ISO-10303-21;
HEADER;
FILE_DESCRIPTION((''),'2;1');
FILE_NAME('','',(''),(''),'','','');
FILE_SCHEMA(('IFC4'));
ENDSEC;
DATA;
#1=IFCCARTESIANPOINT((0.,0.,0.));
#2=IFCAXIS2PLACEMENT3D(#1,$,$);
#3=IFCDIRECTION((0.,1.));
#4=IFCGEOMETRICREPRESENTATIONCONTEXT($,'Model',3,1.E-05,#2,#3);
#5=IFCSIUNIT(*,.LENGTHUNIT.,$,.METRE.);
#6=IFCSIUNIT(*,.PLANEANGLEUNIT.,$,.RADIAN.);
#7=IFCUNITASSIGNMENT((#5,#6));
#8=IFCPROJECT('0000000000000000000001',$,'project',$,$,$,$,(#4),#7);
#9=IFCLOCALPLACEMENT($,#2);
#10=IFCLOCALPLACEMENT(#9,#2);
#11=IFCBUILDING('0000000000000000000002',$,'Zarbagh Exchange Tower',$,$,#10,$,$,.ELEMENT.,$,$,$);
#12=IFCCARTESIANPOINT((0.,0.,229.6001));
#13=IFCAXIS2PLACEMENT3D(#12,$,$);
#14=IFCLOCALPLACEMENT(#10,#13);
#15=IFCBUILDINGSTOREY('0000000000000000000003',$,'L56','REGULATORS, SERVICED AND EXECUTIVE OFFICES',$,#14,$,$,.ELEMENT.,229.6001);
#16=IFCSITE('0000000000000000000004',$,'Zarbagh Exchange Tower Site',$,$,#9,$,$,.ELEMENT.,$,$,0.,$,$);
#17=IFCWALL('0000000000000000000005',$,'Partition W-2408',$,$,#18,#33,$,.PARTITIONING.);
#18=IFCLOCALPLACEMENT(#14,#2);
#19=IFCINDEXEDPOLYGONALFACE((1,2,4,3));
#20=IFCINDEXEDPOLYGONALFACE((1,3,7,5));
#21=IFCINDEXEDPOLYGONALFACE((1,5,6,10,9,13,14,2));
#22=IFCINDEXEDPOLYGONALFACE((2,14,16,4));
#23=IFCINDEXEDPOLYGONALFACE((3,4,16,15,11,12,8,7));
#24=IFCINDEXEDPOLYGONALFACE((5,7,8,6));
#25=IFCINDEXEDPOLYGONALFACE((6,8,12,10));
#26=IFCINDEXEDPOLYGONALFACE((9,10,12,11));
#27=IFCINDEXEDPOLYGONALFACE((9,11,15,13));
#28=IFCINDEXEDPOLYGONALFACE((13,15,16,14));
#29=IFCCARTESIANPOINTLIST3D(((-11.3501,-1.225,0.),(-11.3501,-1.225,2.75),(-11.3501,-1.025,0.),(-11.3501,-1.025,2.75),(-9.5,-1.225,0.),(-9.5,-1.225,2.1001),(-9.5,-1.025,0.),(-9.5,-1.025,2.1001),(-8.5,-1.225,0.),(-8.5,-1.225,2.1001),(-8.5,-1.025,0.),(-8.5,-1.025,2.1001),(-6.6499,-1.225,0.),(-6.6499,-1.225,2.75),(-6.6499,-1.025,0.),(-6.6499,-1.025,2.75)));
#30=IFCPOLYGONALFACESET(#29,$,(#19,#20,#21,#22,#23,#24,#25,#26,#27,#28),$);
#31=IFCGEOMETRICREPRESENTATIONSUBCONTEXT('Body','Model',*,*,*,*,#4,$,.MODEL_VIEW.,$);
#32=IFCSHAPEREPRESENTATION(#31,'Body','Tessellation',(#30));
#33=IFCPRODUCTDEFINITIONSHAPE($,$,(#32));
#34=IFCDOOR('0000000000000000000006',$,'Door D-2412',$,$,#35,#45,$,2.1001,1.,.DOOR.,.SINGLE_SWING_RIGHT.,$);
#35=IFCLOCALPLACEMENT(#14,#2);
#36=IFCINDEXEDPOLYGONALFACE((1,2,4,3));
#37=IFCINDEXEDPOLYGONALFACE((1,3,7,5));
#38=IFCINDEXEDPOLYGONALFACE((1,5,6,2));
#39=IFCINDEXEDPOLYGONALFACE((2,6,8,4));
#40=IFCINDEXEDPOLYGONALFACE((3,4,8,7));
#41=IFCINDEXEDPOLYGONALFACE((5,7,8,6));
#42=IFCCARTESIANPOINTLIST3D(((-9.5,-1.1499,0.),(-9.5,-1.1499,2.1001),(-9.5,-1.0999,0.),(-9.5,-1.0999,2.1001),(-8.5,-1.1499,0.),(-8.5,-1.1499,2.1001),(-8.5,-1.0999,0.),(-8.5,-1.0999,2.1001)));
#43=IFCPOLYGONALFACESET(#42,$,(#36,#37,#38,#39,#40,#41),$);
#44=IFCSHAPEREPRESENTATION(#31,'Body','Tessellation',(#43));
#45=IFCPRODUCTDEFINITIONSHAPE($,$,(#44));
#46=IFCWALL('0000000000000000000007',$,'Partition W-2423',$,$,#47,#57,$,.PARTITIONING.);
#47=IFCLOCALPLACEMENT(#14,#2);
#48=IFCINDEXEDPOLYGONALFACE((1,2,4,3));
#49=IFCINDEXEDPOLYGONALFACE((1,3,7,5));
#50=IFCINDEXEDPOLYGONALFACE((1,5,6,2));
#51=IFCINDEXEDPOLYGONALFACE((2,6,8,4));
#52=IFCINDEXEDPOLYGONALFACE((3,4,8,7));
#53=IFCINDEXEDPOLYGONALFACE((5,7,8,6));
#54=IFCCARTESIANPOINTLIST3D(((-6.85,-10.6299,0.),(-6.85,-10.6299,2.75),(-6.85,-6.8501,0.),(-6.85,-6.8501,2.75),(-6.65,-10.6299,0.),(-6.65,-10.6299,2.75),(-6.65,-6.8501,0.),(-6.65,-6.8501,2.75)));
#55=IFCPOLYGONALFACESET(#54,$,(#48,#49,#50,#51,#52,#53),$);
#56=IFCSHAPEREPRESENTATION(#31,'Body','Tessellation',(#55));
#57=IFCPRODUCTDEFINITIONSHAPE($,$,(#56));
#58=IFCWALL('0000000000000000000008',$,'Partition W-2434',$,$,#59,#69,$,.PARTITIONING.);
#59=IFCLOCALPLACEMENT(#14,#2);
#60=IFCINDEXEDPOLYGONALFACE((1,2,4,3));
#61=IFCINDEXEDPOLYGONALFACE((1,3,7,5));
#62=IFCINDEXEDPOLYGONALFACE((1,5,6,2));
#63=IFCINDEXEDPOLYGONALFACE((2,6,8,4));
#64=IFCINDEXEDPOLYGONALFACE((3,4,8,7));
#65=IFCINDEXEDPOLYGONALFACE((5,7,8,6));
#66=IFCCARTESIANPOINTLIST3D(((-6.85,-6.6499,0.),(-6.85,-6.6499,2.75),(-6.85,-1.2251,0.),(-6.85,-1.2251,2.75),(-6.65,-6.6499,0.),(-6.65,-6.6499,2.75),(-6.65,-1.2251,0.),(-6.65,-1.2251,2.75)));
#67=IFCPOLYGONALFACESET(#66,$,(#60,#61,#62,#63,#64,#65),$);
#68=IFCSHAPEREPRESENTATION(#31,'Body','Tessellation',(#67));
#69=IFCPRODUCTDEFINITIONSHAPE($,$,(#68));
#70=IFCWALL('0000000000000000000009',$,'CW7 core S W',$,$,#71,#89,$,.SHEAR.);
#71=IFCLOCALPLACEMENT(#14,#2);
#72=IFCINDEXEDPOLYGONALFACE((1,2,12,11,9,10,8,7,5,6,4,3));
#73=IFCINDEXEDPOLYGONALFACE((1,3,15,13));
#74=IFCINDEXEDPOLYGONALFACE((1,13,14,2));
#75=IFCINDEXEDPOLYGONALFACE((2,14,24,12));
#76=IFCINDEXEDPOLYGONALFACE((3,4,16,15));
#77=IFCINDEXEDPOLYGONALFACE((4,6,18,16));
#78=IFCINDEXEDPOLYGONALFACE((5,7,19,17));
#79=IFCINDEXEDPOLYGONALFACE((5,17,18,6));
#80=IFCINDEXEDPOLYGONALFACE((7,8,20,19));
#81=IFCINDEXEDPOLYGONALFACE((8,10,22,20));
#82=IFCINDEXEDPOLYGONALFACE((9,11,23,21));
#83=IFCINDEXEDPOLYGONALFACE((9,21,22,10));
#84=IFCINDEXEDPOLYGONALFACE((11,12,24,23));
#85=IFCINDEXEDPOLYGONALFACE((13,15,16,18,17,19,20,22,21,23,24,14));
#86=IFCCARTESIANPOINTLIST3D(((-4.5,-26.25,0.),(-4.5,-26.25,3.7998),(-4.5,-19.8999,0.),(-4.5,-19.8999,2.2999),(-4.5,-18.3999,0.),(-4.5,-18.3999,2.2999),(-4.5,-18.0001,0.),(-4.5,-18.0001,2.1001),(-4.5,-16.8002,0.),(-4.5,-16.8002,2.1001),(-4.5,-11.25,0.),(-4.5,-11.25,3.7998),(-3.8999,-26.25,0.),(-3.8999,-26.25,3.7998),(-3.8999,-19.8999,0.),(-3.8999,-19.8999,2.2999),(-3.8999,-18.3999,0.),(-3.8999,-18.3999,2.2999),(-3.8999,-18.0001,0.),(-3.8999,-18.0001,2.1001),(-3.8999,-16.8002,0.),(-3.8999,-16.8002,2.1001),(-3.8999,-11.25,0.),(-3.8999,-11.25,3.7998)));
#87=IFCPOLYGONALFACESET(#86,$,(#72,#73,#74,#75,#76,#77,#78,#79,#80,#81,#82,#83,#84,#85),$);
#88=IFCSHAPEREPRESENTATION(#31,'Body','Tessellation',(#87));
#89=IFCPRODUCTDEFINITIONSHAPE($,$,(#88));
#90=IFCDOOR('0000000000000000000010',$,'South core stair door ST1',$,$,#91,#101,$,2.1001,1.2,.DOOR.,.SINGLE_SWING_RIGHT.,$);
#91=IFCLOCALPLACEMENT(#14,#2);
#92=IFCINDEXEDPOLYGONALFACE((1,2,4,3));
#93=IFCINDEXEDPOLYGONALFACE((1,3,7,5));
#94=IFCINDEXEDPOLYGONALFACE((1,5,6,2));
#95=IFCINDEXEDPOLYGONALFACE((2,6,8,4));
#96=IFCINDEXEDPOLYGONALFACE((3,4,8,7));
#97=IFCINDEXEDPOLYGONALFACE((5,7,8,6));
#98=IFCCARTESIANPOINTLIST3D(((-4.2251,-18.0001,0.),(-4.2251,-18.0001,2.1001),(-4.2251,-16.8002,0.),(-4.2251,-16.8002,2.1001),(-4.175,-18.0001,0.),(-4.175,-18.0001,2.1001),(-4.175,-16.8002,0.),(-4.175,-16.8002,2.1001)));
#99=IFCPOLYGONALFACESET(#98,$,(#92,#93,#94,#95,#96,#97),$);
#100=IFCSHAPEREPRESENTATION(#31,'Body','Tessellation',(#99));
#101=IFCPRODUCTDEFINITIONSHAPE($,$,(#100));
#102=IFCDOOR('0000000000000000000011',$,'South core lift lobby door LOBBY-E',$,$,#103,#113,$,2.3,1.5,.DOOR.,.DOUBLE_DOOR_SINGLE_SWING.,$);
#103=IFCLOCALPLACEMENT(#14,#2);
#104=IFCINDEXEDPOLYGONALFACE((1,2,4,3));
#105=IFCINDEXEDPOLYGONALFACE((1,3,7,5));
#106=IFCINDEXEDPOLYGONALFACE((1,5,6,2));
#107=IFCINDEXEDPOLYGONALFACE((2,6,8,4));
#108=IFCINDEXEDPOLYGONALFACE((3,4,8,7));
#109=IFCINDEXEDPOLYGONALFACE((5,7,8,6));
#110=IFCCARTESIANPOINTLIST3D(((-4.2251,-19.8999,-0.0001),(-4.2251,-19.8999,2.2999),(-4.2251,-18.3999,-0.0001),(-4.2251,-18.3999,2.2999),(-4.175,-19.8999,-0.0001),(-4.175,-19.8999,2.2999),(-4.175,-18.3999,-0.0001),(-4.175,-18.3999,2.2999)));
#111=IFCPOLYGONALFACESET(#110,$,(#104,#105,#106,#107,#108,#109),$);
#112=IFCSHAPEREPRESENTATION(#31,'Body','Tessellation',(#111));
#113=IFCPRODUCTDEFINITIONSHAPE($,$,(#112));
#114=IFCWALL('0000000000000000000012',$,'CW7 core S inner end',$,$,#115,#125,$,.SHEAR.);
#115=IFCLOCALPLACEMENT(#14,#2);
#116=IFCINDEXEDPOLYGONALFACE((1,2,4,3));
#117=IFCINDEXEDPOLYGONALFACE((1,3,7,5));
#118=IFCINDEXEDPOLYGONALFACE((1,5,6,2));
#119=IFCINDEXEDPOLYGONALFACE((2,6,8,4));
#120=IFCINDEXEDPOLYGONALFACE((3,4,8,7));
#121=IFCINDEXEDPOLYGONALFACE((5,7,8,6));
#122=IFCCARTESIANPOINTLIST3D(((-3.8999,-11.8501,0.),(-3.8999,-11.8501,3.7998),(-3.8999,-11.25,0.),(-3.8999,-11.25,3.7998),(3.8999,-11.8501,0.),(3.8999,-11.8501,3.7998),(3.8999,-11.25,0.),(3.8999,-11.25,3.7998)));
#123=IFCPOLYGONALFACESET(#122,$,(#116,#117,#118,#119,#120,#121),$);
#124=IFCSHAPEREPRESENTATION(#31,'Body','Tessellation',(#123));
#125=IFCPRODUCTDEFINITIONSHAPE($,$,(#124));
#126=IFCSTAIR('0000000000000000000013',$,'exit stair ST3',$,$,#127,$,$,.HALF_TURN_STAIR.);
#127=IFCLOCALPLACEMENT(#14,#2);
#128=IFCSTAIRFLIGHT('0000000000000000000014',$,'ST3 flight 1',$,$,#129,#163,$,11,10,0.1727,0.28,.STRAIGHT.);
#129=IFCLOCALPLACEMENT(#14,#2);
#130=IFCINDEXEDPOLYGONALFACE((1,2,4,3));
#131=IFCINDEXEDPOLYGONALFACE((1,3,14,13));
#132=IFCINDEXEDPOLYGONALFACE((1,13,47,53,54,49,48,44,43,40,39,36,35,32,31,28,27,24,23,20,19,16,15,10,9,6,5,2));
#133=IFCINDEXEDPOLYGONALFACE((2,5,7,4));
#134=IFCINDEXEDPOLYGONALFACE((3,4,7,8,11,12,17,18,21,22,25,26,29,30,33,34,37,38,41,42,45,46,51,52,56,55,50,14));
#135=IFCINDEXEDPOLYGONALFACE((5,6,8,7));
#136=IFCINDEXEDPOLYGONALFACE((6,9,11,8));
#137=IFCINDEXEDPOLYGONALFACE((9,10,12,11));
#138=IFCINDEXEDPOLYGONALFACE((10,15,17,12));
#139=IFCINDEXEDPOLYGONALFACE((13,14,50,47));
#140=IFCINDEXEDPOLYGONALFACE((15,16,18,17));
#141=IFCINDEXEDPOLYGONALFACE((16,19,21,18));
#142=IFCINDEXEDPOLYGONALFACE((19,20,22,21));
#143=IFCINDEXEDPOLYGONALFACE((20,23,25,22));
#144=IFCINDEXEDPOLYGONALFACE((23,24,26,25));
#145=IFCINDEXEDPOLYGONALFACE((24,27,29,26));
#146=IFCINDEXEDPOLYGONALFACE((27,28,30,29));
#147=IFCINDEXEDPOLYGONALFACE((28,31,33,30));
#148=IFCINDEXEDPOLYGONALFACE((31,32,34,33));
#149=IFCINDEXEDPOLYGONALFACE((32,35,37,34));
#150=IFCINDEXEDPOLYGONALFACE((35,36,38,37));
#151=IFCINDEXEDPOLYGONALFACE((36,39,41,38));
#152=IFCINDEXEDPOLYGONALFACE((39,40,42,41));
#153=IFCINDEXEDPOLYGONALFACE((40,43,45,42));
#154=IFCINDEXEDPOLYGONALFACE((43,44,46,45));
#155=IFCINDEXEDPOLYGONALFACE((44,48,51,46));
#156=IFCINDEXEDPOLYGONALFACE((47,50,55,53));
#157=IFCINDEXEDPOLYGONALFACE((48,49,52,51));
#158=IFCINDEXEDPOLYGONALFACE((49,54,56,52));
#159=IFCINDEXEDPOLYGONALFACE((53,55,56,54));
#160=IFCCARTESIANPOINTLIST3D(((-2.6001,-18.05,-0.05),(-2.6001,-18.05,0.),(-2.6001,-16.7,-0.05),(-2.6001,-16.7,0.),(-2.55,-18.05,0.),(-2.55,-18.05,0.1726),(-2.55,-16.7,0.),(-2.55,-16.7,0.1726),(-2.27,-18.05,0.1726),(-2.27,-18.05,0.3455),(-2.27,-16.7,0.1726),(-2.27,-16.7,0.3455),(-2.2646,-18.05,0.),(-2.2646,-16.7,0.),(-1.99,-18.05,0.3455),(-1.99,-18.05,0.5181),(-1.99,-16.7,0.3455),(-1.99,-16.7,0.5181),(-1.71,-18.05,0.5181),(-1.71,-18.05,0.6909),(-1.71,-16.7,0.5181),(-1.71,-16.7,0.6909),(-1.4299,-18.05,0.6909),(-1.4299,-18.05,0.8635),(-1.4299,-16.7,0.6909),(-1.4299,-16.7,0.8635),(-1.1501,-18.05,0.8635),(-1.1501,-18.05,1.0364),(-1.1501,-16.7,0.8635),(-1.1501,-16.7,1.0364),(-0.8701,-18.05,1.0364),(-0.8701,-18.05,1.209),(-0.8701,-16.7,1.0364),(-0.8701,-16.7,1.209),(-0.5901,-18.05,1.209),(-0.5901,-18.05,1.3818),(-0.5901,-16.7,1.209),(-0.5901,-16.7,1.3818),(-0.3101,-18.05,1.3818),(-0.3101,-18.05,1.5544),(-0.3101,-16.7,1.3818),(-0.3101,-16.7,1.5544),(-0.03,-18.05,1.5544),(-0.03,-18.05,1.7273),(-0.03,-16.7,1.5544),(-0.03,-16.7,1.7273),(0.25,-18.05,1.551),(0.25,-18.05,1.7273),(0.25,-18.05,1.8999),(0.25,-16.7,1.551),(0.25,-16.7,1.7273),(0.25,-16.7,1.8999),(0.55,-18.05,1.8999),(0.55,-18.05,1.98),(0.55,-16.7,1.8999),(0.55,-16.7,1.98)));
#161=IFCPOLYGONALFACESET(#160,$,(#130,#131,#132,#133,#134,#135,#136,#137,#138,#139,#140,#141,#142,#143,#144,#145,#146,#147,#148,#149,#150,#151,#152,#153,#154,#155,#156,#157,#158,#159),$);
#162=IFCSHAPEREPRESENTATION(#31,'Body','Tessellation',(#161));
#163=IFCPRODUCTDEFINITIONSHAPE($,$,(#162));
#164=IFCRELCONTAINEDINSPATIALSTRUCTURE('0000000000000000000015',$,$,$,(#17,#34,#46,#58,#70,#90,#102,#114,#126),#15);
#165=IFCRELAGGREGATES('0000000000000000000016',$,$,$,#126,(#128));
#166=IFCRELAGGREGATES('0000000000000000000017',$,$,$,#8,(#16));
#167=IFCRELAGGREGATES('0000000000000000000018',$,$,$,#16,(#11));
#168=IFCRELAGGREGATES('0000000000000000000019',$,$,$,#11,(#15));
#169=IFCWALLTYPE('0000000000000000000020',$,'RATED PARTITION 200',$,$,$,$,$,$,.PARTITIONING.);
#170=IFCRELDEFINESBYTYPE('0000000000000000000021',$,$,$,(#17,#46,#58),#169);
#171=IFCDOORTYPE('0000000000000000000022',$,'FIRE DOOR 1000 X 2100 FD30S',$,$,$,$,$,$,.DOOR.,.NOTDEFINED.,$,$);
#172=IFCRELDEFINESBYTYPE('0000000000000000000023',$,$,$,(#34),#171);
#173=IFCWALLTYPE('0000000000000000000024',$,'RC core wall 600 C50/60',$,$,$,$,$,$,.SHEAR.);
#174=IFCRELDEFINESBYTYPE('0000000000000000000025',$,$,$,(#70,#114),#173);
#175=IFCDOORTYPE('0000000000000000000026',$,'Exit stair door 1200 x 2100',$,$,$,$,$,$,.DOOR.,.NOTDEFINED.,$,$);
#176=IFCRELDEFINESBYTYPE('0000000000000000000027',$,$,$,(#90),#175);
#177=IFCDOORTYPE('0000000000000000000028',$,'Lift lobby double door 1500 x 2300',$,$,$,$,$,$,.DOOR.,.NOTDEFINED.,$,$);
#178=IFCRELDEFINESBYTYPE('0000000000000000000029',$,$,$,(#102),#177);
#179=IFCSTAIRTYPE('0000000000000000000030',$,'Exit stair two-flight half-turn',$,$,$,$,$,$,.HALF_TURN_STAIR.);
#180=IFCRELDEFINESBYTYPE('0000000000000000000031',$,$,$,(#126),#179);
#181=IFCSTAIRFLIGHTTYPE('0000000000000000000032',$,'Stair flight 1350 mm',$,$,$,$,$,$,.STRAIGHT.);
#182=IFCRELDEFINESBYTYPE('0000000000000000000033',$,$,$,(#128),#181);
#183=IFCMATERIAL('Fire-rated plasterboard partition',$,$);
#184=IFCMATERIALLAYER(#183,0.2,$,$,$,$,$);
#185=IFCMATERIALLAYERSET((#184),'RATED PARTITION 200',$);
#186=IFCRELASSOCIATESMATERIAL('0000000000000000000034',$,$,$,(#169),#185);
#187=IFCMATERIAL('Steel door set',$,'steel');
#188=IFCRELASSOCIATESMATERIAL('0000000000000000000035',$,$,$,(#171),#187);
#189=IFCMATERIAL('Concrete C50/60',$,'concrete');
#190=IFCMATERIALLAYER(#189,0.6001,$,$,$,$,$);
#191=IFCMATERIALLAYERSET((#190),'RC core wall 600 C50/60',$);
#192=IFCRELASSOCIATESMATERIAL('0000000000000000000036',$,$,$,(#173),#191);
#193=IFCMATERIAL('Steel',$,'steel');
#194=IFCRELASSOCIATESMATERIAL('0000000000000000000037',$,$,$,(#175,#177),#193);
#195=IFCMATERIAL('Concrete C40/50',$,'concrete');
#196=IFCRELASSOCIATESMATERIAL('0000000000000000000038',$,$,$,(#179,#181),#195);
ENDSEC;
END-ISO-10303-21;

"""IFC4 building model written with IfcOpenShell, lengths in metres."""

from ifc_helpers import new_model, si_unit, direction, frame, frame_2d, origin, place, context, subcontext, project, spatial, polyline, rectangle, outline, extrude, material, layer, layer_set, type_object, element, fill, aggregate, save


model = new_model("IFC4")

# Units and contexts
model_context = context("Model", 3, precision=1e-05, world=origin(), true_north=direction((0.0, 1.0)))
body_context = subcontext(model_context, "Body", "Model", "MODEL_VIEW")
ifc_project = project(units=[si_unit("LENGTHUNIT", "METRE"), si_unit("PLANEANGLEUNIT", "RADIAN")], contexts=[model_context])

# Site, building, storey
site_placement = place(None, origin())
site = spatial("IfcSite", under=ifc_project, at=site_placement, Name="Zarbagh Exchange Tower Site", CompositionType="ELEMENT", RefElevation=0.0)
building_placement = place(site_placement, origin())
building = spatial("IfcBuilding", under=site, at=building_placement, Name="Zarbagh Exchange Tower", CompositionType="ELEMENT")
storey_placement = place(building_placement, frame((0.0, 0.0, 229.6001)))
storey = spatial("IfcBuildingStorey", under=building, at=storey_placement, Name="L56", Description="REGULATORS, SERVICED AND EXECUTIVE OFFICES", CompositionType="ELEMENT", Elevation=229.6001)

# Shared definitions
ifc_material_1 = material(Name="Concrete C50/60", Category="concrete")

# Wall, opening, door
ifc_material_2 = material(Name="Fire-rated plasterboard partition")
ifc_layer_1 = layer(ifc_material_2, 0.2)
ifc_layer_set_1 = layer_set([ifc_layer_1], Name="RATED PARTITION 200")
wall_type_1 = type_object("IfcWallType", Name="RATED PARTITION 200", PredefinedType="PARTITIONING", material=ifc_layer_set_1)
wall_1_placement = place(storey_placement, frame((-6.6499, -1.125, 0.0), z_axis=(0.0, 0.0, 1.0), x_axis=(-1.0, 0.0, 0.0)))
wall_1 = element("IfcWall", 1, at=wall_1_placement, inside=storey, type_object=wall_type_1, Name="Partition W-2408", PredefinedType="PARTITIONING", context=body_context, shape_type="SweptSolid", body=[
    extrude(rectangle(XDim=4.7002, YDim=0.2, at=frame_2d((2.3501, 0.0))), origin(), (0.0, 0.0, 1.0), 2.75),
])
opening_1_placement = place(wall_1_placement, frame((1.8501, 0.0, 0.0)))
opening_1 = element("IfcOpeningElement", 2, at=opening_1_placement, cuts=wall_1, PredefinedType="OPENING", context=body_context, shape_type="SweptSolid", body=[
    extrude(rectangle(XDim=1.0, YDim=2.1001, at=frame_2d((0.5, 1.05))), frame((0.0, 0.1099, 0.0), z_axis=(0.0, -1.0, 0.0), x_axis=(1.0, 0.0, 0.0)), (0.0, 0.0, 1.0), 0.22),
])
ifc_material_3 = material(Name="Steel door set", Category="steel")
door_type_1 = type_object("IfcDoorType", Name="FIRE DOOR 1000 X 2100 FD30S", OperationType="NOTDEFINED", PredefinedType="DOOR", material=ifc_material_3)
door_1_placement = place(opening_1_placement, origin())
door_1 = element("IfcDoor", 3, at=door_1_placement, inside=storey, type_object=door_type_1, Name="Door D-2412", OperationType="SINGLE_SWING_RIGHT", OverallHeight=2.1001, OverallWidth=1.0, PredefinedType="DOOR", context=body_context, shape_type="SweptSolid", body=[
    extrude(rectangle(XDim=1.0, YDim=2.1001, at=frame_2d((0.5, 1.05))), frame((0.0, 0.0249, 0.0), z_axis=(0.0, -1.0, 0.0), x_axis=(1.0, 0.0, 0.0)), (0.0, 0.0, 1.0), 0.05),
])
fill(opening_1, door_1)

# Walls
wall_2_placement = place(storey_placement, frame((-6.75, -10.6299, 0.0), z_axis=(0.0, 0.0, 1.0), x_axis=(0.0, 1.0, 0.0)))
element("IfcWall", 4, at=wall_2_placement, inside=storey, type_object=wall_type_1, Name="Partition W-2423", PredefinedType="PARTITIONING", context=body_context, shape_type="SweptSolid", body=[
    extrude(rectangle(XDim=3.7798, YDim=0.2, at=frame_2d((1.8899, 0.0))), origin(), (0.0, 0.0, 1.0), 2.75),
])
wall_3_placement = place(storey_placement, frame((-6.75, -6.6499, 0.0), z_axis=(0.0, 0.0, 1.0), x_axis=(0.0, 1.0, 0.0)))
element("IfcWall", 5, at=wall_3_placement, inside=storey, type_object=wall_type_1, Name="Partition W-2434", PredefinedType="PARTITIONING", context=body_context, shape_type="SweptSolid", body=[
    extrude(rectangle(XDim=5.4248, YDim=0.2, at=frame_2d((2.7124, 0.0))), origin(), (0.0, 0.0, 1.0), 2.75),
])

# Wall, openings, doors
ifc_layer_2 = layer(ifc_material_1, 0.6001)
ifc_layer_set_2 = layer_set([ifc_layer_2], Name="RC core wall 600 C50/60")
wall_type_2 = type_object("IfcWallType", Name="RC core wall 600 C50/60", PredefinedType="SHEAR", material=ifc_layer_set_2)
wall_4_placement = place(storey_placement, frame((-4.2, -11.25, 0.0), z_axis=(0.0, 0.0, 1.0), x_axis=(0.0, -1.0, 0.0)))
wall_4 = element("IfcWall", 6, at=wall_4_placement, inside=storey, type_object=wall_type_2, Name="CW7 core S W", PredefinedType="SHEAR", context=body_context, shape_type="SweptSolid", body=[
    extrude(rectangle(XDim=15.0, YDim=0.6001, at=frame_2d((7.5, 0.0))), origin(), (0.0, 0.0, 1.0), 3.7998),
])
opening_2_placement = place(wall_4_placement, frame((7.1499, 0.0, 0.0)))
opening_2 = element("IfcOpeningElement", 7, at=opening_2_placement, cuts=wall_4, PredefinedType="OPENING", context=body_context, shape_type="SweptSolid", body=[
    extrude(rectangle(XDim=1.5, YDim=2.3, at=frame_2d((0.75, 1.1499))), frame((0.0, 0.3101, 0.0), z_axis=(0.0, -1.0, 0.0), x_axis=(1.0, 0.0, 0.0)), (0.0, 0.0, 1.0), 0.6201),
])
opening_3_placement = place(wall_4_placement, frame((5.55, 0.0, 0.0)))
opening_3 = element("IfcOpeningElement", 8, at=opening_3_placement, cuts=wall_4, PredefinedType="OPENING", context=body_context, shape_type="SweptSolid", body=[
    extrude(rectangle(XDim=1.2, YDim=2.1001, at=frame_2d((0.6001, 1.05))), frame((0.0, 0.3101, 0.0), z_axis=(0.0, -1.0, 0.0), x_axis=(1.0, 0.0, 0.0)), (0.0, 0.0, 1.0), 0.6201),
])
ifc_material_4 = material(Name="Steel", Category="steel")
door_type_2 = type_object("IfcDoorType", Name="Exit stair door 1200 x 2100", OperationType="NOTDEFINED", PredefinedType="DOOR", material=ifc_material_4)
door_2_placement = place(opening_3_placement, origin())
door_2 = element("IfcDoor", 9, at=door_2_placement, inside=storey, type_object=door_type_2, Name="South core stair door ST1", OperationType="SINGLE_SWING_RIGHT", OverallHeight=2.1001, OverallWidth=1.2, PredefinedType="DOOR", context=body_context, shape_type="SweptSolid", body=[
    extrude(rectangle(XDim=1.2, YDim=2.1001, at=frame_2d((0.6001, 1.05))), frame((0.0, 0.0249, 0.0), z_axis=(0.0, -1.0, 0.0), x_axis=(1.0, 0.0, 0.0)), (0.0, 0.0, 1.0), 0.05),
])
fill(opening_3, door_2)
door_type_3 = type_object("IfcDoorType", Name="Lift lobby double door 1500 x 2300", OperationType="NOTDEFINED", PredefinedType="DOOR", material=ifc_material_4)
door_3_placement = place(opening_2_placement, origin())
door_3 = element("IfcDoor", 10, at=door_3_placement, inside=storey, type_object=door_type_3, Name="South core lift lobby door LOBBY-E", OperationType="DOUBLE_DOOR_SINGLE_SWING", OverallHeight=2.3, OverallWidth=1.5, PredefinedType="DOOR", context=body_context, shape_type="SweptSolid", body=[
    extrude(rectangle(XDim=1.5, YDim=2.3, at=frame_2d((0.75, 1.1499))), frame((0.0, 0.0249, 0.0), z_axis=(0.0, -1.0, 0.0), x_axis=(1.0, 0.0, 0.0)), (0.0, 0.0, 1.0), 0.05),
])
fill(opening_2, door_3)

# Wall
wall_5_placement = place(storey_placement, frame((-3.8999, -11.55, 0.0), z_axis=(0.0, 0.0, 1.0), x_axis=(1.0, 0.0, 0.0)))
element("IfcWall", 11, at=wall_5_placement, inside=storey, type_object=wall_type_2, Name="CW7 core S inner end", PredefinedType="SHEAR", context=body_context, shape_type="SweptSolid", body=[
    extrude(rectangle(XDim=7.7998, YDim=0.6001, at=frame_2d((3.8999, 0.0))), origin(), (0.0, 0.0, 1.0), 3.7998),
])

# Stair, stair flight
ifc_material_5 = material(Name="Concrete C40/50", Category="concrete")
stair_type = type_object("IfcStairType", Name="Exit stair two-flight half-turn", PredefinedType="HALF_TURN_STAIR", material=ifc_material_5)
stair_placement = place(storey_placement, origin())
stair = element("IfcStair", 12, at=stair_placement, inside=storey, type_object=stair_type, Name="exit stair ST3", PredefinedType="HALF_TURN_STAIR")
stair_flight_type = type_object("IfcStairFlightType", Name="Stair flight 1350 mm", PredefinedType="STRAIGHT", material=ifc_material_5)
stair_flight_placement = place(storey_placement, frame((-2.55, -17.375, 0.0), z_axis=(0.0, 0.0, 1.0), x_axis=(1.0, 0.0, 0.0)))
stair_flight = element("IfcStairFlight", 13, at=stair_flight_placement, type_object=stair_flight_type, Name="ST3 flight 1", NumberOfRisers=11, NumberOfTreads=10, PredefinedType="STRAIGHT", RiserHeight=0.1727, TreadLength=0.28, context=body_context, shape_type="SweptSolid", body=[
    extrude(outline(polyline([(-0.05, -0.05), (-0.05, 0.0), (0.0, 0.0), (0.0, 0.1726), (0.28, 0.1726), (0.28, 0.3455), (0.5601, 0.3455), (0.5601, 0.5181), (0.8401, 0.5181), (0.8401, 0.6909), (1.1201, 0.6909), (1.1201, 0.8635), (1.3999, 0.8635), (1.3999, 1.0364), (1.6799, 1.0364), (1.6799, 1.209), (1.96, 1.209), (1.96, 1.3818), (2.24, 1.3818), (2.24, 1.5544), (2.52, 1.5544), (2.52, 1.7273), (2.8, 1.7273), (2.8, 1.8999), (3.1001, 1.98), (3.1001, 1.8999), (2.8, 1.551), (0.2854, 0.0), (-0.05, -0.05)])), frame((0.0, 0.675, 0.0), z_axis=(0.0, -1.0, 0.0), x_axis=(1.0, 0.0, 0.0)), (0.0, 0.0, 1.0), 1.3501),
])
aggregate(stair, [stair_flight])

save(model, "model.ifc")
